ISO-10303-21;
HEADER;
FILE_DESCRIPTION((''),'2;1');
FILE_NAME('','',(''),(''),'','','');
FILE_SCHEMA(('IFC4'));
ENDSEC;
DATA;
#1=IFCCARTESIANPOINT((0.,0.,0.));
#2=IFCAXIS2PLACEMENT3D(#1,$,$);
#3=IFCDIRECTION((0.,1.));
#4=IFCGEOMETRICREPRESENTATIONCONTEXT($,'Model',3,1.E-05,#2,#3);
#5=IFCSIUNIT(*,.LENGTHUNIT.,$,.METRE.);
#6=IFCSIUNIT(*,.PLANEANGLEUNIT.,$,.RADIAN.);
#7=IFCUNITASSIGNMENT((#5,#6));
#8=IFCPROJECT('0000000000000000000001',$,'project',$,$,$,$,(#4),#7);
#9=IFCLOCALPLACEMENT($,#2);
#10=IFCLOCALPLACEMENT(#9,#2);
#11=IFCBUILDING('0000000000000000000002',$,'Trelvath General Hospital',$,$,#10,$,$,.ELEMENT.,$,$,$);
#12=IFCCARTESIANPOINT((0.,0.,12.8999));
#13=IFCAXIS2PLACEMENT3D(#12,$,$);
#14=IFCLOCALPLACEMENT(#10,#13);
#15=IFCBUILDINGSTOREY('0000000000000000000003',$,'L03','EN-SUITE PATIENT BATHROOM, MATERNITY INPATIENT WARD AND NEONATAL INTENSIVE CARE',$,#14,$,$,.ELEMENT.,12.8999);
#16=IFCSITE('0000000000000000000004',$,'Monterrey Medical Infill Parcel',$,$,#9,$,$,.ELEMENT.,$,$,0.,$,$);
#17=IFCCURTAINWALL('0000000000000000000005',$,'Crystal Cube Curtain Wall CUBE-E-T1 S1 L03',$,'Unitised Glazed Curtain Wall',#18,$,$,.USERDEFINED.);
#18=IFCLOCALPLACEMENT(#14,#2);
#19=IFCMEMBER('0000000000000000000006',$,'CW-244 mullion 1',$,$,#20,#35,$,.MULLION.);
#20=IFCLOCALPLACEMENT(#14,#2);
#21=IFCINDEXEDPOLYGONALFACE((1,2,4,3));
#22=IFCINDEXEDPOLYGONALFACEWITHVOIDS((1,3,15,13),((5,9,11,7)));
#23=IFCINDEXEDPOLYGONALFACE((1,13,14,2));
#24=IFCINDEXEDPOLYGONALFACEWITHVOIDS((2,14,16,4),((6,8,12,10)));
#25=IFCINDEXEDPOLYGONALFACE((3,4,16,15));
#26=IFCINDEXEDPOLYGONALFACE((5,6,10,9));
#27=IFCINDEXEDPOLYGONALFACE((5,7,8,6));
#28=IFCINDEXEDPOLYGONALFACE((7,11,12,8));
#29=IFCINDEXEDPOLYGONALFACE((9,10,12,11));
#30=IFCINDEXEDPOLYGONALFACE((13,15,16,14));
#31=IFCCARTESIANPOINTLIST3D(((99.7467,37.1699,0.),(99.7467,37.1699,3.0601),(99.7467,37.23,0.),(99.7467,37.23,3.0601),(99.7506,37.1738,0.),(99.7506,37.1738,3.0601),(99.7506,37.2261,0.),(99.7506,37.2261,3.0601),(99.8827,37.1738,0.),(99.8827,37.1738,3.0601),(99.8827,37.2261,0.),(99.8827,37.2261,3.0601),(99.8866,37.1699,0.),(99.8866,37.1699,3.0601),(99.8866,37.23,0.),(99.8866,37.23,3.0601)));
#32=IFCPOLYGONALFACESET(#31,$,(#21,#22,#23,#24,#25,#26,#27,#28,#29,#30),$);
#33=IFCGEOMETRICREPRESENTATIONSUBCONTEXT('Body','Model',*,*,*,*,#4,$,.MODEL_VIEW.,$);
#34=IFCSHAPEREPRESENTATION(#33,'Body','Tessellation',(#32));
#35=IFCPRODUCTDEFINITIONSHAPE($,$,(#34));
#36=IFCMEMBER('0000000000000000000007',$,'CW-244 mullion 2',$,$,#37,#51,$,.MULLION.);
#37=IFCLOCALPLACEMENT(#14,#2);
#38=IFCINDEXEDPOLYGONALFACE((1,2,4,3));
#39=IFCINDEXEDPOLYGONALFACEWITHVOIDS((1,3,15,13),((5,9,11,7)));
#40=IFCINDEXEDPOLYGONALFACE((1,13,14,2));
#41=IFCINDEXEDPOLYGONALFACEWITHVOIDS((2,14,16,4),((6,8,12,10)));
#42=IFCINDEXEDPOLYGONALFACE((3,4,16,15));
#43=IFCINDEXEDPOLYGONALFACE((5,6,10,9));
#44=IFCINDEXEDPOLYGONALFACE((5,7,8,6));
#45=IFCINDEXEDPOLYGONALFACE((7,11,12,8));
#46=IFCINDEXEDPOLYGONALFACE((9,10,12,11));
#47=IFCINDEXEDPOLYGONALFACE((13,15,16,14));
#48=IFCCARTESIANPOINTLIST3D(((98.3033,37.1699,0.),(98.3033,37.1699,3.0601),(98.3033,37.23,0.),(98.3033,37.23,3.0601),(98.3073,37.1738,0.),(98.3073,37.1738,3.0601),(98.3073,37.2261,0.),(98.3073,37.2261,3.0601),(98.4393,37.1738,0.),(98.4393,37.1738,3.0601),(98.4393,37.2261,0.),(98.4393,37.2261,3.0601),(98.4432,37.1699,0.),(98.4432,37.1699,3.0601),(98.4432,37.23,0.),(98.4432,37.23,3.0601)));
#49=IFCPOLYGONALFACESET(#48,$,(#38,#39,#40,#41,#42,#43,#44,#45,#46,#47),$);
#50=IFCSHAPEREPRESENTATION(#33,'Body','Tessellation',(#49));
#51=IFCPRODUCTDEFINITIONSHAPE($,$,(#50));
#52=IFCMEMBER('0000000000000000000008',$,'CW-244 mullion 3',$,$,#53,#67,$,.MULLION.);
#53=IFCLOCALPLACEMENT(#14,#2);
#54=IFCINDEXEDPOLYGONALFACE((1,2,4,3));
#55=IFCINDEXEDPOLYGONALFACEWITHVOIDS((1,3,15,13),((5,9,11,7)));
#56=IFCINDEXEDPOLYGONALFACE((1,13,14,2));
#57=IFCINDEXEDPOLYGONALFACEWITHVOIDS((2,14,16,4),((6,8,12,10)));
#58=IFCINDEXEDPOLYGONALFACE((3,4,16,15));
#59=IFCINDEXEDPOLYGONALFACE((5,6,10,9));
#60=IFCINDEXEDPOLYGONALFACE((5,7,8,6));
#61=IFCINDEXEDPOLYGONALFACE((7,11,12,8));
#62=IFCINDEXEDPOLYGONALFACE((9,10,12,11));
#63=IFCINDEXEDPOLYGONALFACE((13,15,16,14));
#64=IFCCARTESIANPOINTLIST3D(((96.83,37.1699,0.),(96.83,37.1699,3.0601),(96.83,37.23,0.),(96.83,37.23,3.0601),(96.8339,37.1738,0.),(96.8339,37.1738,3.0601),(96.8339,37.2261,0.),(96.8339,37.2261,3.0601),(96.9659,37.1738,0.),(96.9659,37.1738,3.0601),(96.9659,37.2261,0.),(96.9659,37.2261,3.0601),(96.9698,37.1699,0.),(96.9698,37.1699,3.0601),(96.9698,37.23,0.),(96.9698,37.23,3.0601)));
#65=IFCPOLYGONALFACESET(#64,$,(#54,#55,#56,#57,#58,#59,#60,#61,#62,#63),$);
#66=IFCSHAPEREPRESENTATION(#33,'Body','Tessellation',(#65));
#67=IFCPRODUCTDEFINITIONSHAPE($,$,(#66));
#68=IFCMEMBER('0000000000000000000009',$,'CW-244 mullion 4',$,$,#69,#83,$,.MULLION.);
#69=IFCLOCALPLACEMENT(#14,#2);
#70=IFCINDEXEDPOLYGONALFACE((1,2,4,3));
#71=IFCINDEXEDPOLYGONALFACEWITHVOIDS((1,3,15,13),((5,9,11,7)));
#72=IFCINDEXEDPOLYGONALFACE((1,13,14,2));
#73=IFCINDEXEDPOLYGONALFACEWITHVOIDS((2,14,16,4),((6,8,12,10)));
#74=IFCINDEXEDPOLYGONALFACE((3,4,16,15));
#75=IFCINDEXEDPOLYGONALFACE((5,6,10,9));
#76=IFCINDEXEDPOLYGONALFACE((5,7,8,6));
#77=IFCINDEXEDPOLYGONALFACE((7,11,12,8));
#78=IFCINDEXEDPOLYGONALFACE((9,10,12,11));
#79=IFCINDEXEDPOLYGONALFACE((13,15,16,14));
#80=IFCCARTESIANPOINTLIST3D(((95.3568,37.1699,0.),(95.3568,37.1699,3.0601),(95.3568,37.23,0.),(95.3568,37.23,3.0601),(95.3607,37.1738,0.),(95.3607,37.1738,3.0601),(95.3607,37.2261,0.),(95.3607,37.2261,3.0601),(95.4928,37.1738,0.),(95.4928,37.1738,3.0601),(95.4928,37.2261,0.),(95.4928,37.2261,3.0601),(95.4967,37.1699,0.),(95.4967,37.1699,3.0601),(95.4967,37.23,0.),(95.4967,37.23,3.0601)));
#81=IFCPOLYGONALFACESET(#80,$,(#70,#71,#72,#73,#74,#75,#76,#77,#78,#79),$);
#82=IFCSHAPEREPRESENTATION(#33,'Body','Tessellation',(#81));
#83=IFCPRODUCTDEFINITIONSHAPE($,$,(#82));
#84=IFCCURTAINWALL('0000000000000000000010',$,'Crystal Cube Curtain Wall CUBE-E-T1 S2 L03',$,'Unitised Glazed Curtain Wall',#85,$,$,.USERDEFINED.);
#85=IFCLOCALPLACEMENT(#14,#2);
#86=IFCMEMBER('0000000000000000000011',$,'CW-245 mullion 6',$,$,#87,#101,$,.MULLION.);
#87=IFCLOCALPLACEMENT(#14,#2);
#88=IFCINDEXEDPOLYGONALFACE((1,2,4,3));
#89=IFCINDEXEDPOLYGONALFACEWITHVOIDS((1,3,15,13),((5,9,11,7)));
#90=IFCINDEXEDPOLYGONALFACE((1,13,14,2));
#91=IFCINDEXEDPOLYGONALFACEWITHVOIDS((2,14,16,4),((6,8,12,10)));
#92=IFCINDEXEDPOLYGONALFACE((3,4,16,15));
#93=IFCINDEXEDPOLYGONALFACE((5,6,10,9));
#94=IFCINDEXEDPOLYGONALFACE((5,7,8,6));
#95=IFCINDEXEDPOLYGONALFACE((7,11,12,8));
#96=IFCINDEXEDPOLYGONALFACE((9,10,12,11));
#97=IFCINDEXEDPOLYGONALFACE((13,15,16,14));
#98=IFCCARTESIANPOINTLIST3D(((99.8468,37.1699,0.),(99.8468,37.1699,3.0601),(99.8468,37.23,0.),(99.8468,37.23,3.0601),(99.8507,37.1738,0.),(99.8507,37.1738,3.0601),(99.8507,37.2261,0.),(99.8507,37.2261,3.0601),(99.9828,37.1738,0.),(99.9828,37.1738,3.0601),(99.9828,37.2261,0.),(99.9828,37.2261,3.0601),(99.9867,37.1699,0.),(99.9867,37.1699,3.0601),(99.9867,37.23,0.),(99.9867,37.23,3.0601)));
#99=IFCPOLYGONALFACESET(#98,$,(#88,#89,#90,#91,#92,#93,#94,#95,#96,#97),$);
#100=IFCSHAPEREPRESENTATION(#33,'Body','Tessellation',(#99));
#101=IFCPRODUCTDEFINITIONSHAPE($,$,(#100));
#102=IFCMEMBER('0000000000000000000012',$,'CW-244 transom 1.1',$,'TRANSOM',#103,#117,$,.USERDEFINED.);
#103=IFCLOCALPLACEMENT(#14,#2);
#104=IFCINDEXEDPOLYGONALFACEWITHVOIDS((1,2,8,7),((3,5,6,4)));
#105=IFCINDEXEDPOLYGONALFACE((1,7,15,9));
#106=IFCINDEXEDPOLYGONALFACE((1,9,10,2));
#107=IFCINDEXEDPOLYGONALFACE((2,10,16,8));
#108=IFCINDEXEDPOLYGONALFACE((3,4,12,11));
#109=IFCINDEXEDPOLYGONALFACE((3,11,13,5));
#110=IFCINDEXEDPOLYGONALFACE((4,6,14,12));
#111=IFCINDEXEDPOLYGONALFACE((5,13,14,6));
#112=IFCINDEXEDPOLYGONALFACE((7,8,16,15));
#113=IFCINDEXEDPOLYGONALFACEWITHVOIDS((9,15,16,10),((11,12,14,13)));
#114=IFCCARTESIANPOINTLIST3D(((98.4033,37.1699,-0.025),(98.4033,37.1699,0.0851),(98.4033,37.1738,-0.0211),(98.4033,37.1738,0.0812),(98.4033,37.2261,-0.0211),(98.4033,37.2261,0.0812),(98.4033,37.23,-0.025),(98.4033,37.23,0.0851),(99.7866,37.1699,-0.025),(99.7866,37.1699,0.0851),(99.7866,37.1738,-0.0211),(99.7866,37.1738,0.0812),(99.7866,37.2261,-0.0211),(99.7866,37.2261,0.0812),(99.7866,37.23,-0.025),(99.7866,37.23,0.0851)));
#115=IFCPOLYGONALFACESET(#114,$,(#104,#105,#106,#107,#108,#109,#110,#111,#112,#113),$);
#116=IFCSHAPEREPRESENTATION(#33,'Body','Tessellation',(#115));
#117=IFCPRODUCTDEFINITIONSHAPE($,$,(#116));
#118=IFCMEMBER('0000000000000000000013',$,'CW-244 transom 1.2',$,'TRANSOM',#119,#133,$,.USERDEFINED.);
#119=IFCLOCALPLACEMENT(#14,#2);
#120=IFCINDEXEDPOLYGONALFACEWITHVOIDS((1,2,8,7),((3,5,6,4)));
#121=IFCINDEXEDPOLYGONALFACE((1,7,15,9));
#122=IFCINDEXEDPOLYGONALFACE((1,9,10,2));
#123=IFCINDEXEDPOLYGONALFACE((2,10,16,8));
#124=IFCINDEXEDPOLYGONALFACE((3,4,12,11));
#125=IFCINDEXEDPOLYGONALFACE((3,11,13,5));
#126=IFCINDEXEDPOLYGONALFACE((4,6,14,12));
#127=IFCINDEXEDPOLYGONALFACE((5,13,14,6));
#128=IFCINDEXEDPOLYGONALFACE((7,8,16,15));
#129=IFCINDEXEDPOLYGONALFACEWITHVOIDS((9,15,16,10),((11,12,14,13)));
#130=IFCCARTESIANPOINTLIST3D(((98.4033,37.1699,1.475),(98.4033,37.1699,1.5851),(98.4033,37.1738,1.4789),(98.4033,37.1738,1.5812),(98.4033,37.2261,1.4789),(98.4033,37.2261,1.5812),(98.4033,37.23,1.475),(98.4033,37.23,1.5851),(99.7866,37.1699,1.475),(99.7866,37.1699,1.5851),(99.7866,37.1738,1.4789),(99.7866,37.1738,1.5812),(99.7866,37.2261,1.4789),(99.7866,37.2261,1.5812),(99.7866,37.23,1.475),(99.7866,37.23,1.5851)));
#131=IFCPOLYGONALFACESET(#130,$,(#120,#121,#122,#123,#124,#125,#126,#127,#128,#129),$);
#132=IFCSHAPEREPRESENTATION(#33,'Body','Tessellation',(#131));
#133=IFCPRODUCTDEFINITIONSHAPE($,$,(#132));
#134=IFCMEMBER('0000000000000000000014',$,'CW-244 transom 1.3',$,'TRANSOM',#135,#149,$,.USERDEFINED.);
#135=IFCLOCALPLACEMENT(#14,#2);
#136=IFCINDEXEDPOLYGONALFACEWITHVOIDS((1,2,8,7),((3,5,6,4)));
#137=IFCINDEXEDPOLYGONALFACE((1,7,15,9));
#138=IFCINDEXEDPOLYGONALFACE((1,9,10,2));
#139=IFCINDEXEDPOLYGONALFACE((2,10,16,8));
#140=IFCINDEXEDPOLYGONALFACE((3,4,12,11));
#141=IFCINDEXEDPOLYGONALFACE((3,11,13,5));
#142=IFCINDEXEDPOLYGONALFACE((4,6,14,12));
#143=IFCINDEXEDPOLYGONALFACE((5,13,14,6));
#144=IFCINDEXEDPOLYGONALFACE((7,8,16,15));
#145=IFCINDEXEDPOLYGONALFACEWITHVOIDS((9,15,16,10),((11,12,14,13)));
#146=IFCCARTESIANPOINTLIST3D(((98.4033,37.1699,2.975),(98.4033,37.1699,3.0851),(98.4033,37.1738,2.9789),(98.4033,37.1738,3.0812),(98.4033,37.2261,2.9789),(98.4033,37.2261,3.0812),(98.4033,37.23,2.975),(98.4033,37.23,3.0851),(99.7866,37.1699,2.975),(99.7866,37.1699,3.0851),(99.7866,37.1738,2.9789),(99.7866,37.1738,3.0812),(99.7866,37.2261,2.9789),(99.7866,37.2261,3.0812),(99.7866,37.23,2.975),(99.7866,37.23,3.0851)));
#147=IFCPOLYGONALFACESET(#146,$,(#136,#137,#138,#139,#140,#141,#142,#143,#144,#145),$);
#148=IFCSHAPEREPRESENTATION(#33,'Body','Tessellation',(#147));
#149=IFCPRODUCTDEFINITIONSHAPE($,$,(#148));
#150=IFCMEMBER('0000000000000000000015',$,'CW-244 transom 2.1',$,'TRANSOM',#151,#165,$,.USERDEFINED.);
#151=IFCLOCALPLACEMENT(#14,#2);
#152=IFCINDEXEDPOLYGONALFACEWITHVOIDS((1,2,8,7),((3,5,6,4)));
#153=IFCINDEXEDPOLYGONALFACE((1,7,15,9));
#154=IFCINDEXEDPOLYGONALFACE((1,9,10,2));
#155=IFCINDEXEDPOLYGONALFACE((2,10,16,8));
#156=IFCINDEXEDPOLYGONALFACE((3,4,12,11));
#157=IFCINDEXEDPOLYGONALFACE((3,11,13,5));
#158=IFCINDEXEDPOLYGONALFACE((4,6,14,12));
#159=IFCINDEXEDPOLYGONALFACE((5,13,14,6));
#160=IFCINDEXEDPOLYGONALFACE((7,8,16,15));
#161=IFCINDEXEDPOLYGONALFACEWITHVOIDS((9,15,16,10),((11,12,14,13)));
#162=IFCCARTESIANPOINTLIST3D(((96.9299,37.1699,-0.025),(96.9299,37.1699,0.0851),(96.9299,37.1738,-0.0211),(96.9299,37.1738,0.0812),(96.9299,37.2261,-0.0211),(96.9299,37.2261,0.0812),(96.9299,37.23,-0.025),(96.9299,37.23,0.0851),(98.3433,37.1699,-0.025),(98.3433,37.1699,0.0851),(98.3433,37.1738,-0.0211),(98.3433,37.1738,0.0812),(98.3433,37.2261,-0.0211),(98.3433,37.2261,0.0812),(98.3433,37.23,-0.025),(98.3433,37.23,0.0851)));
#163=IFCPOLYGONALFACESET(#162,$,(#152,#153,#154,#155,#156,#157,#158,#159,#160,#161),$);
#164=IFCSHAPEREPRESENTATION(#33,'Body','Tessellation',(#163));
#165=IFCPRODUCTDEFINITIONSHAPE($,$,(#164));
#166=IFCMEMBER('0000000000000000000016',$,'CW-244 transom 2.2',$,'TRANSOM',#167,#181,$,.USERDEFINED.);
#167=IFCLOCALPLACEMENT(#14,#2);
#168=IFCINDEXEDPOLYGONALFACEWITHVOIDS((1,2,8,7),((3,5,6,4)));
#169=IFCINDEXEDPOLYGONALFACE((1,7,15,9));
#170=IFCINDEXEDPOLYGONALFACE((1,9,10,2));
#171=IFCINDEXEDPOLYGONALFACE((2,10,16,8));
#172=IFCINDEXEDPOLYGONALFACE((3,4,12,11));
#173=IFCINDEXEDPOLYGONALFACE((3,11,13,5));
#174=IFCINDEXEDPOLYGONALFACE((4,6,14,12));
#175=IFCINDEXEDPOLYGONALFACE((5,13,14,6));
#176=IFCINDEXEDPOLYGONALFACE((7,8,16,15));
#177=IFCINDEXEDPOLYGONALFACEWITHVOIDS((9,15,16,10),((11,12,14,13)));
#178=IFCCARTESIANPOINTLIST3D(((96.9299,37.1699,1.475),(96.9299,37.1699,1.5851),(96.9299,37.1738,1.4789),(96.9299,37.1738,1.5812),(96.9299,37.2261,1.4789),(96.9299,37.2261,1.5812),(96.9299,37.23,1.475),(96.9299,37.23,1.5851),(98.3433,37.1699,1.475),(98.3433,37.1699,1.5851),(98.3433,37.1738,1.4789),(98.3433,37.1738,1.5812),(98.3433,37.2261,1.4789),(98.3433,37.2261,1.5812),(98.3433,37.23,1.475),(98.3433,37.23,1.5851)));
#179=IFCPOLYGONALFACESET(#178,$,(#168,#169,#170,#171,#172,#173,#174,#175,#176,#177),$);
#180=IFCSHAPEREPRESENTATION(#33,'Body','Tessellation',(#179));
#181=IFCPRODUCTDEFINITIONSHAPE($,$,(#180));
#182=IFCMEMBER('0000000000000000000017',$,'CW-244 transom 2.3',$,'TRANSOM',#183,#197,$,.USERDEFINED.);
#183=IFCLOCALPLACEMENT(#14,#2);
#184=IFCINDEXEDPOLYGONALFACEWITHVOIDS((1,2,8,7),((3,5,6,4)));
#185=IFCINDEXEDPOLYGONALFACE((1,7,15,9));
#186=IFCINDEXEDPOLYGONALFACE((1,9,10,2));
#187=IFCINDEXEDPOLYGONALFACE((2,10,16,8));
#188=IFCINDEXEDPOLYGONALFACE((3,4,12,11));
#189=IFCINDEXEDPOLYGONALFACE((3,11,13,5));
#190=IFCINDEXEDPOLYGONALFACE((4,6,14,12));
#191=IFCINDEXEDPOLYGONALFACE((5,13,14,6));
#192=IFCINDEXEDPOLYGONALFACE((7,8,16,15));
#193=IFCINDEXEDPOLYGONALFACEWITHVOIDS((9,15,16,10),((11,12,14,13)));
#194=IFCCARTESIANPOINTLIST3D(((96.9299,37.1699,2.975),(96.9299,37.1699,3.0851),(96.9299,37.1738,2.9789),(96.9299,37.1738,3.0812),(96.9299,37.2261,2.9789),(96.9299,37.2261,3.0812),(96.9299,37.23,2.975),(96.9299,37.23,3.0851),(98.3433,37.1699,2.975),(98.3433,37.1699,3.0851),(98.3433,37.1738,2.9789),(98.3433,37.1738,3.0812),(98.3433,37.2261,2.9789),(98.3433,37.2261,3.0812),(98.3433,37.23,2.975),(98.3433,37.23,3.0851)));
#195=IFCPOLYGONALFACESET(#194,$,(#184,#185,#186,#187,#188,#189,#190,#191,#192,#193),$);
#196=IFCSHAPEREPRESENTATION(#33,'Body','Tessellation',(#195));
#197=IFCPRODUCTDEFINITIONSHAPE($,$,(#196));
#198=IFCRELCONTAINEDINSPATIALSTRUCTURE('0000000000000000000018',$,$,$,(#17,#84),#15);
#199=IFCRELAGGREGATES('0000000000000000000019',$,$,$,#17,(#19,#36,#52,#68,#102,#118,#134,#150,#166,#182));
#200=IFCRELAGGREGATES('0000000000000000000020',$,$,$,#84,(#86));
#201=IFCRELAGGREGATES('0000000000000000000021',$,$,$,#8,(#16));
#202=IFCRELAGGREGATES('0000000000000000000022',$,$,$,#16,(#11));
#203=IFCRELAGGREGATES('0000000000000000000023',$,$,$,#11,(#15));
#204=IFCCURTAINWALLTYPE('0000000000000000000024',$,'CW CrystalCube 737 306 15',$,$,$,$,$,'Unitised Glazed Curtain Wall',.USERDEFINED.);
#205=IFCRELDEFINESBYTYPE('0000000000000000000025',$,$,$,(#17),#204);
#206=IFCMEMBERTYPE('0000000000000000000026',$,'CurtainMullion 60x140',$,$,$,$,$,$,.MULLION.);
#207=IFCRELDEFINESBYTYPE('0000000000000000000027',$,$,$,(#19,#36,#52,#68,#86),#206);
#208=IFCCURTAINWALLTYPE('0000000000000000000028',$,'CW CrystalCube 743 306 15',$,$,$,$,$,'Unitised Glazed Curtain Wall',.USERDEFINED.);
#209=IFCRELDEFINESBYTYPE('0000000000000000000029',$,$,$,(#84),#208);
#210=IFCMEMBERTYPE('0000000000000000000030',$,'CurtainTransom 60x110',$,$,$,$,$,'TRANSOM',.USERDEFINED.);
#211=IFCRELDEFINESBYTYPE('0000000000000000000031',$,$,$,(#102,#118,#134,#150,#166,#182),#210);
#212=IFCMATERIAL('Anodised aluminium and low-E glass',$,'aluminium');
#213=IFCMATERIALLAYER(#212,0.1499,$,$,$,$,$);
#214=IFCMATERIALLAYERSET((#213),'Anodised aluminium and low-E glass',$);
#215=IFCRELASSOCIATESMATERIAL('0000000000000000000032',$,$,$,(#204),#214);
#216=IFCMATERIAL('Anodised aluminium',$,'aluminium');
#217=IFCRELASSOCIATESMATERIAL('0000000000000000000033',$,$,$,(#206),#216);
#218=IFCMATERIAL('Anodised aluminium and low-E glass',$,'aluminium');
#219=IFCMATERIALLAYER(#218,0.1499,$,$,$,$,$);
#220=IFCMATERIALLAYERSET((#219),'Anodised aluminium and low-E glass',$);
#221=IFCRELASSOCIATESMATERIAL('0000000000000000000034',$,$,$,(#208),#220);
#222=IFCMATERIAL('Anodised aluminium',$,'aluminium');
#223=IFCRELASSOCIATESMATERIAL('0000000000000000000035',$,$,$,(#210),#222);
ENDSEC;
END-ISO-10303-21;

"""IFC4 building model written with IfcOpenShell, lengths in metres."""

from ifc_helpers import new_model, si_unit, direction, frame, origin, origin_2d, place, context, subcontext, project, spatial, hollow_rectangle, extrude, material, layer, layer_set, material_profile, profile_set, type_object, element, aggregate, save


model = new_model("IFC4")

# Units and contexts
model_context = context("Model", 3, precision=1e-05, world=origin(), true_north=direction((0.0, 1.0)))
body_context = subcontext(model_context, "Body", "Model", "MODEL_VIEW")
ifc_project = project(units=[si_unit("LENGTHUNIT", "METRE"), si_unit("PLANEANGLEUNIT", "RADIAN")], contexts=[model_context])

# Site, building, storey
site_placement = place(None, origin())
site = spatial("IfcSite", under=ifc_project, at=site_placement, Name="Monterrey Medical Infill Parcel", CompositionType="ELEMENT", RefElevation=0.0)
building_placement = place(site_placement, origin())
building = spatial("IfcBuilding", under=site, at=building_placement, Name="Trelvath General Hospital", CompositionType="ELEMENT")
storey_placement = place(building_placement, frame((0.0, 0.0, 12.8999)))
storey = spatial("IfcBuildingStorey", under=building, at=storey_placement, Name="L03", Description="EN-SUITE PATIENT BATHROOM, MATERNITY INPATIENT WARD AND NEONATAL INTENSIVE CARE", CompositionType="ELEMENT", Elevation=12.8999)

# Curtain wall, members
ifc_material_1 = material(Name="Anodised aluminium and low-E glass", Category="aluminium")
ifc_layer_1 = layer(ifc_material_1, 0.1499)
ifc_layer_set_1 = layer_set([ifc_layer_1], Name="Anodised aluminium and low-E glass")
curtain_wall_type_1 = type_object("IfcCurtainWallType", Name="CW CrystalCube 737 306 15", ElementType="Unitised Glazed Curtain Wall", PredefinedType="USERDEFINED", material=ifc_layer_set_1)
curtain_wall_1_placement = place(storey_placement, origin())
curtain_wall_1 = element("IfcCurtainWall", 1, at=curtain_wall_1_placement, inside=storey, type_object=curtain_wall_type_1, Name="Crystal Cube Curtain Wall CUBE-E-T1 S1 L03", ObjectType="Unitised Glazed Curtain Wall", PredefinedType="USERDEFINED")
ifc_material_2 = material(Name="Anodised aluminium", Category="aluminium")
ifc_material_profile_1 = material_profile(ifc_material_2, hollow_rectangle(XDim=0.0601, YDim=0.1399, WallThickness=0.0039, at=origin_2d()), Name="RHS60x140x4")
ifc_profile_set_1 = profile_set([ifc_material_profile_1], Name="Anodised aluminium")
member_type_1 = type_object("IfcMemberType", Name="CurtainMullion 60x140", PredefinedType="MULLION", material=ifc_profile_set_1)
member_1_placement = place(storey_placement, frame((99.8167, 37.2, 0.0), z_axis=(0.0, 0.0, 1.0), x_axis=(0.0, -1.0, 0.0)))
member_1 = element("IfcMember", 2, at=member_1_placement, type_object=member_type_1, Name="CW-244 mullion 1", PredefinedType="MULLION", context=body_context, shape_type="SweptSolid", body=[
    extrude(hollow_rectangle(XDim=0.0601, YDim=0.1399, WallThickness=0.0039, at=origin_2d()), origin(), (0.0, 0.0, 1.0), 3.0601),
])
member_2_placement = place(storey_placement, frame((98.3733, 37.2, 0.0), z_axis=(0.0, 0.0, 1.0), x_axis=(0.0, -1.0, 0.0)))
member_2 = element("IfcMember", 3, at=member_2_placement, type_object=member_type_1, Name="CW-244 mullion 2", PredefinedType="MULLION", context=body_context, shape_type="SweptSolid", body=[
    extrude(hollow_rectangle(XDim=0.0601, YDim=0.1399, WallThickness=0.0039, at=origin_2d()), origin(), (0.0, 0.0, 1.0), 3.0601),
])
member_3_placement = place(storey_placement, frame((96.8999, 37.2, 0.0), z_axis=(0.0, 0.0, 1.0), x_axis=(0.0, -1.0, 0.0)))
member_3 = element("IfcMember", 4, at=member_3_placement, type_object=member_type_1, Name="CW-244 mullion 3", PredefinedType="MULLION", context=body_context, shape_type="SweptSolid", body=[
    extrude(hollow_rectangle(XDim=0.0601, YDim=0.1399, WallThickness=0.0039, at=origin_2d()), origin(), (0.0, 0.0, 1.0), 3.0601),
])
member_4_placement = place(storey_placement, frame((95.4268, 37.2, 0.0), z_axis=(0.0, 0.0, 1.0), x_axis=(0.0, -1.0, 0.0)))
member_4 = element("IfcMember", 5, at=member_4_placement, type_object=member_type_1, Name="CW-244 mullion 4", PredefinedType="MULLION", context=body_context, shape_type="SweptSolid", body=[
    extrude(hollow_rectangle(XDim=0.0601, YDim=0.1399, WallThickness=0.0039, at=origin_2d()), origin(), (0.0, 0.0, 1.0), 3.0601),
])

# Curtain wall, member
ifc_material_3 = material(Name="Anodised aluminium and low-E glass", Category="aluminium")
ifc_layer_2 = layer(ifc_material_3, 0.1499)
ifc_layer_set_2 = layer_set([ifc_layer_2], Name="Anodised aluminium and low-E glass")
curtain_wall_type_2 = type_object("IfcCurtainWallType", Name="CW CrystalCube 743 306 15", ElementType="Unitised Glazed Curtain Wall", PredefinedType="USERDEFINED", material=ifc_layer_set_2)
curtain_wall_2_placement = place(storey_placement, origin())
curtain_wall_2 = element("IfcCurtainWall", 6, at=curtain_wall_2_placement, inside=storey, type_object=curtain_wall_type_2, Name="Crystal Cube Curtain Wall CUBE-E-T1 S2 L03", ObjectType="Unitised Glazed Curtain Wall", PredefinedType="USERDEFINED")
member_5_placement = place(storey_placement, frame((99.9167, 37.2, 0.0), z_axis=(0.0, 0.0, 1.0), x_axis=(0.0, -1.0, 0.0)))
member_5 = element("IfcMember", 7, at=member_5_placement, type_object=member_type_1, Name="CW-245 mullion 6", PredefinedType="MULLION", context=body_context, shape_type="SweptSolid", body=[
    extrude(hollow_rectangle(XDim=0.0601, YDim=0.1399, WallThickness=0.0039, at=origin_2d()), origin(), (0.0, 0.0, 1.0), 3.0601),
])

# Members
ifc_material_4 = material(Name="Anodised aluminium", Category="aluminium")
ifc_material_profile_2 = material_profile(ifc_material_4, hollow_rectangle(XDim=0.0601, YDim=0.1101, WallThickness=0.0039, at=origin_2d()), Name="RHS60x110x4")
ifc_profile_set_2 = profile_set([ifc_material_profile_2], Name="Anodised aluminium")
member_type_2 = type_object("IfcMemberType", Name="CurtainTransom 60x110", ElementType="TRANSOM", PredefinedType="USERDEFINED", material=ifc_profile_set_2)
member_6_placement = place(storey_placement, frame((99.7866, 37.2, 0.03), z_axis=(-1.0, 0.0, 0.0), x_axis=(0.0, -1.0, 0.0)))
member_6 = element("IfcMember", 8, at=member_6_placement, type_object=member_type_2, Name="CW-244 transom 1.1", ObjectType="TRANSOM", PredefinedType="USERDEFINED", context=body_context, shape_type="SweptSolid", body=[
    extrude(hollow_rectangle(XDim=0.0601, YDim=0.1101, WallThickness=0.0039, at=origin_2d()), origin(), (0.0, 0.0, 1.0), 1.3833),
])
member_7_placement = place(storey_placement, frame((99.7866, 37.2, 1.53), z_axis=(-1.0, 0.0, 0.0), x_axis=(0.0, -1.0, 0.0)))
member_7 = element("IfcMember", 9, at=member_7_placement, type_object=member_type_2, Name="CW-244 transom 1.2", ObjectType="TRANSOM", PredefinedType="USERDEFINED", context=body_context, shape_type="SweptSolid", body=[
    extrude(hollow_rectangle(XDim=0.0601, YDim=0.1101, WallThickness=0.0039, at=origin_2d()), origin(), (0.0, 0.0, 1.0), 1.3833),
])
member_8_placement = place(storey_placement, frame((99.7866, 37.2, 3.03), z_axis=(-1.0, 0.0, 0.0), x_axis=(0.0, -1.0, 0.0)))
member_8 = element("IfcMember", 10, at=member_8_placement, type_object=member_type_2, Name="CW-244 transom 1.3", ObjectType="TRANSOM", PredefinedType="USERDEFINED", context=body_context, shape_type="SweptSolid", body=[
    extrude(hollow_rectangle(XDim=0.0601, YDim=0.1101, WallThickness=0.0039, at=origin_2d()), origin(), (0.0, 0.0, 1.0), 1.3833),
])
member_9_placement = place(storey_placement, frame((98.3433, 37.2, 0.03), z_axis=(-1.0, 0.0, 0.0), x_axis=(0.0, -1.0, 0.0)))
member_9 = element("IfcMember", 11, at=member_9_placement, type_object=member_type_2, Name="CW-244 transom 2.1", ObjectType="TRANSOM", PredefinedType="USERDEFINED", context=body_context, shape_type="SweptSolid", body=[
    extrude(hollow_rectangle(XDim=0.0601, YDim=0.1101, WallThickness=0.0039, at=origin_2d()), origin(), (0.0, 0.0, 1.0), 1.4133),
])
member_10_placement = place(storey_placement, frame((98.3433, 37.2, 1.53), z_axis=(-1.0, 0.0, 0.0), x_axis=(0.0, -1.0, 0.0)))
member_10 = element("IfcMember", 12, at=member_10_placement, type_object=member_type_2, Name="CW-244 transom 2.2", ObjectType="TRANSOM", PredefinedType="USERDEFINED", context=body_context, shape_type="SweptSolid", body=[
    extrude(hollow_rectangle(XDim=0.0601, YDim=0.1101, WallThickness=0.0039, at=origin_2d()), origin(), (0.0, 0.0, 1.0), 1.4133),
])
member_11_placement = place(storey_placement, frame((98.3433, 37.2, 3.03), z_axis=(-1.0, 0.0, 0.0), x_axis=(0.0, -1.0, 0.0)))
member_11 = element("IfcMember", 13, at=member_11_placement, type_object=member_type_2, Name="CW-244 transom 2.3", ObjectType="TRANSOM", PredefinedType="USERDEFINED", context=body_context, shape_type="SweptSolid", body=[
    extrude(hollow_rectangle(XDim=0.0601, YDim=0.1101, WallThickness=0.0039, at=origin_2d()), origin(), (0.0, 0.0, 1.0), 1.4133),
])

aggregate(curtain_wall_1, [member_1, member_2, member_3, member_4, member_6, member_7, member_8, member_9, member_10, member_11])
aggregate(curtain_wall_2, [member_5])

save(model, "model.ifc")
